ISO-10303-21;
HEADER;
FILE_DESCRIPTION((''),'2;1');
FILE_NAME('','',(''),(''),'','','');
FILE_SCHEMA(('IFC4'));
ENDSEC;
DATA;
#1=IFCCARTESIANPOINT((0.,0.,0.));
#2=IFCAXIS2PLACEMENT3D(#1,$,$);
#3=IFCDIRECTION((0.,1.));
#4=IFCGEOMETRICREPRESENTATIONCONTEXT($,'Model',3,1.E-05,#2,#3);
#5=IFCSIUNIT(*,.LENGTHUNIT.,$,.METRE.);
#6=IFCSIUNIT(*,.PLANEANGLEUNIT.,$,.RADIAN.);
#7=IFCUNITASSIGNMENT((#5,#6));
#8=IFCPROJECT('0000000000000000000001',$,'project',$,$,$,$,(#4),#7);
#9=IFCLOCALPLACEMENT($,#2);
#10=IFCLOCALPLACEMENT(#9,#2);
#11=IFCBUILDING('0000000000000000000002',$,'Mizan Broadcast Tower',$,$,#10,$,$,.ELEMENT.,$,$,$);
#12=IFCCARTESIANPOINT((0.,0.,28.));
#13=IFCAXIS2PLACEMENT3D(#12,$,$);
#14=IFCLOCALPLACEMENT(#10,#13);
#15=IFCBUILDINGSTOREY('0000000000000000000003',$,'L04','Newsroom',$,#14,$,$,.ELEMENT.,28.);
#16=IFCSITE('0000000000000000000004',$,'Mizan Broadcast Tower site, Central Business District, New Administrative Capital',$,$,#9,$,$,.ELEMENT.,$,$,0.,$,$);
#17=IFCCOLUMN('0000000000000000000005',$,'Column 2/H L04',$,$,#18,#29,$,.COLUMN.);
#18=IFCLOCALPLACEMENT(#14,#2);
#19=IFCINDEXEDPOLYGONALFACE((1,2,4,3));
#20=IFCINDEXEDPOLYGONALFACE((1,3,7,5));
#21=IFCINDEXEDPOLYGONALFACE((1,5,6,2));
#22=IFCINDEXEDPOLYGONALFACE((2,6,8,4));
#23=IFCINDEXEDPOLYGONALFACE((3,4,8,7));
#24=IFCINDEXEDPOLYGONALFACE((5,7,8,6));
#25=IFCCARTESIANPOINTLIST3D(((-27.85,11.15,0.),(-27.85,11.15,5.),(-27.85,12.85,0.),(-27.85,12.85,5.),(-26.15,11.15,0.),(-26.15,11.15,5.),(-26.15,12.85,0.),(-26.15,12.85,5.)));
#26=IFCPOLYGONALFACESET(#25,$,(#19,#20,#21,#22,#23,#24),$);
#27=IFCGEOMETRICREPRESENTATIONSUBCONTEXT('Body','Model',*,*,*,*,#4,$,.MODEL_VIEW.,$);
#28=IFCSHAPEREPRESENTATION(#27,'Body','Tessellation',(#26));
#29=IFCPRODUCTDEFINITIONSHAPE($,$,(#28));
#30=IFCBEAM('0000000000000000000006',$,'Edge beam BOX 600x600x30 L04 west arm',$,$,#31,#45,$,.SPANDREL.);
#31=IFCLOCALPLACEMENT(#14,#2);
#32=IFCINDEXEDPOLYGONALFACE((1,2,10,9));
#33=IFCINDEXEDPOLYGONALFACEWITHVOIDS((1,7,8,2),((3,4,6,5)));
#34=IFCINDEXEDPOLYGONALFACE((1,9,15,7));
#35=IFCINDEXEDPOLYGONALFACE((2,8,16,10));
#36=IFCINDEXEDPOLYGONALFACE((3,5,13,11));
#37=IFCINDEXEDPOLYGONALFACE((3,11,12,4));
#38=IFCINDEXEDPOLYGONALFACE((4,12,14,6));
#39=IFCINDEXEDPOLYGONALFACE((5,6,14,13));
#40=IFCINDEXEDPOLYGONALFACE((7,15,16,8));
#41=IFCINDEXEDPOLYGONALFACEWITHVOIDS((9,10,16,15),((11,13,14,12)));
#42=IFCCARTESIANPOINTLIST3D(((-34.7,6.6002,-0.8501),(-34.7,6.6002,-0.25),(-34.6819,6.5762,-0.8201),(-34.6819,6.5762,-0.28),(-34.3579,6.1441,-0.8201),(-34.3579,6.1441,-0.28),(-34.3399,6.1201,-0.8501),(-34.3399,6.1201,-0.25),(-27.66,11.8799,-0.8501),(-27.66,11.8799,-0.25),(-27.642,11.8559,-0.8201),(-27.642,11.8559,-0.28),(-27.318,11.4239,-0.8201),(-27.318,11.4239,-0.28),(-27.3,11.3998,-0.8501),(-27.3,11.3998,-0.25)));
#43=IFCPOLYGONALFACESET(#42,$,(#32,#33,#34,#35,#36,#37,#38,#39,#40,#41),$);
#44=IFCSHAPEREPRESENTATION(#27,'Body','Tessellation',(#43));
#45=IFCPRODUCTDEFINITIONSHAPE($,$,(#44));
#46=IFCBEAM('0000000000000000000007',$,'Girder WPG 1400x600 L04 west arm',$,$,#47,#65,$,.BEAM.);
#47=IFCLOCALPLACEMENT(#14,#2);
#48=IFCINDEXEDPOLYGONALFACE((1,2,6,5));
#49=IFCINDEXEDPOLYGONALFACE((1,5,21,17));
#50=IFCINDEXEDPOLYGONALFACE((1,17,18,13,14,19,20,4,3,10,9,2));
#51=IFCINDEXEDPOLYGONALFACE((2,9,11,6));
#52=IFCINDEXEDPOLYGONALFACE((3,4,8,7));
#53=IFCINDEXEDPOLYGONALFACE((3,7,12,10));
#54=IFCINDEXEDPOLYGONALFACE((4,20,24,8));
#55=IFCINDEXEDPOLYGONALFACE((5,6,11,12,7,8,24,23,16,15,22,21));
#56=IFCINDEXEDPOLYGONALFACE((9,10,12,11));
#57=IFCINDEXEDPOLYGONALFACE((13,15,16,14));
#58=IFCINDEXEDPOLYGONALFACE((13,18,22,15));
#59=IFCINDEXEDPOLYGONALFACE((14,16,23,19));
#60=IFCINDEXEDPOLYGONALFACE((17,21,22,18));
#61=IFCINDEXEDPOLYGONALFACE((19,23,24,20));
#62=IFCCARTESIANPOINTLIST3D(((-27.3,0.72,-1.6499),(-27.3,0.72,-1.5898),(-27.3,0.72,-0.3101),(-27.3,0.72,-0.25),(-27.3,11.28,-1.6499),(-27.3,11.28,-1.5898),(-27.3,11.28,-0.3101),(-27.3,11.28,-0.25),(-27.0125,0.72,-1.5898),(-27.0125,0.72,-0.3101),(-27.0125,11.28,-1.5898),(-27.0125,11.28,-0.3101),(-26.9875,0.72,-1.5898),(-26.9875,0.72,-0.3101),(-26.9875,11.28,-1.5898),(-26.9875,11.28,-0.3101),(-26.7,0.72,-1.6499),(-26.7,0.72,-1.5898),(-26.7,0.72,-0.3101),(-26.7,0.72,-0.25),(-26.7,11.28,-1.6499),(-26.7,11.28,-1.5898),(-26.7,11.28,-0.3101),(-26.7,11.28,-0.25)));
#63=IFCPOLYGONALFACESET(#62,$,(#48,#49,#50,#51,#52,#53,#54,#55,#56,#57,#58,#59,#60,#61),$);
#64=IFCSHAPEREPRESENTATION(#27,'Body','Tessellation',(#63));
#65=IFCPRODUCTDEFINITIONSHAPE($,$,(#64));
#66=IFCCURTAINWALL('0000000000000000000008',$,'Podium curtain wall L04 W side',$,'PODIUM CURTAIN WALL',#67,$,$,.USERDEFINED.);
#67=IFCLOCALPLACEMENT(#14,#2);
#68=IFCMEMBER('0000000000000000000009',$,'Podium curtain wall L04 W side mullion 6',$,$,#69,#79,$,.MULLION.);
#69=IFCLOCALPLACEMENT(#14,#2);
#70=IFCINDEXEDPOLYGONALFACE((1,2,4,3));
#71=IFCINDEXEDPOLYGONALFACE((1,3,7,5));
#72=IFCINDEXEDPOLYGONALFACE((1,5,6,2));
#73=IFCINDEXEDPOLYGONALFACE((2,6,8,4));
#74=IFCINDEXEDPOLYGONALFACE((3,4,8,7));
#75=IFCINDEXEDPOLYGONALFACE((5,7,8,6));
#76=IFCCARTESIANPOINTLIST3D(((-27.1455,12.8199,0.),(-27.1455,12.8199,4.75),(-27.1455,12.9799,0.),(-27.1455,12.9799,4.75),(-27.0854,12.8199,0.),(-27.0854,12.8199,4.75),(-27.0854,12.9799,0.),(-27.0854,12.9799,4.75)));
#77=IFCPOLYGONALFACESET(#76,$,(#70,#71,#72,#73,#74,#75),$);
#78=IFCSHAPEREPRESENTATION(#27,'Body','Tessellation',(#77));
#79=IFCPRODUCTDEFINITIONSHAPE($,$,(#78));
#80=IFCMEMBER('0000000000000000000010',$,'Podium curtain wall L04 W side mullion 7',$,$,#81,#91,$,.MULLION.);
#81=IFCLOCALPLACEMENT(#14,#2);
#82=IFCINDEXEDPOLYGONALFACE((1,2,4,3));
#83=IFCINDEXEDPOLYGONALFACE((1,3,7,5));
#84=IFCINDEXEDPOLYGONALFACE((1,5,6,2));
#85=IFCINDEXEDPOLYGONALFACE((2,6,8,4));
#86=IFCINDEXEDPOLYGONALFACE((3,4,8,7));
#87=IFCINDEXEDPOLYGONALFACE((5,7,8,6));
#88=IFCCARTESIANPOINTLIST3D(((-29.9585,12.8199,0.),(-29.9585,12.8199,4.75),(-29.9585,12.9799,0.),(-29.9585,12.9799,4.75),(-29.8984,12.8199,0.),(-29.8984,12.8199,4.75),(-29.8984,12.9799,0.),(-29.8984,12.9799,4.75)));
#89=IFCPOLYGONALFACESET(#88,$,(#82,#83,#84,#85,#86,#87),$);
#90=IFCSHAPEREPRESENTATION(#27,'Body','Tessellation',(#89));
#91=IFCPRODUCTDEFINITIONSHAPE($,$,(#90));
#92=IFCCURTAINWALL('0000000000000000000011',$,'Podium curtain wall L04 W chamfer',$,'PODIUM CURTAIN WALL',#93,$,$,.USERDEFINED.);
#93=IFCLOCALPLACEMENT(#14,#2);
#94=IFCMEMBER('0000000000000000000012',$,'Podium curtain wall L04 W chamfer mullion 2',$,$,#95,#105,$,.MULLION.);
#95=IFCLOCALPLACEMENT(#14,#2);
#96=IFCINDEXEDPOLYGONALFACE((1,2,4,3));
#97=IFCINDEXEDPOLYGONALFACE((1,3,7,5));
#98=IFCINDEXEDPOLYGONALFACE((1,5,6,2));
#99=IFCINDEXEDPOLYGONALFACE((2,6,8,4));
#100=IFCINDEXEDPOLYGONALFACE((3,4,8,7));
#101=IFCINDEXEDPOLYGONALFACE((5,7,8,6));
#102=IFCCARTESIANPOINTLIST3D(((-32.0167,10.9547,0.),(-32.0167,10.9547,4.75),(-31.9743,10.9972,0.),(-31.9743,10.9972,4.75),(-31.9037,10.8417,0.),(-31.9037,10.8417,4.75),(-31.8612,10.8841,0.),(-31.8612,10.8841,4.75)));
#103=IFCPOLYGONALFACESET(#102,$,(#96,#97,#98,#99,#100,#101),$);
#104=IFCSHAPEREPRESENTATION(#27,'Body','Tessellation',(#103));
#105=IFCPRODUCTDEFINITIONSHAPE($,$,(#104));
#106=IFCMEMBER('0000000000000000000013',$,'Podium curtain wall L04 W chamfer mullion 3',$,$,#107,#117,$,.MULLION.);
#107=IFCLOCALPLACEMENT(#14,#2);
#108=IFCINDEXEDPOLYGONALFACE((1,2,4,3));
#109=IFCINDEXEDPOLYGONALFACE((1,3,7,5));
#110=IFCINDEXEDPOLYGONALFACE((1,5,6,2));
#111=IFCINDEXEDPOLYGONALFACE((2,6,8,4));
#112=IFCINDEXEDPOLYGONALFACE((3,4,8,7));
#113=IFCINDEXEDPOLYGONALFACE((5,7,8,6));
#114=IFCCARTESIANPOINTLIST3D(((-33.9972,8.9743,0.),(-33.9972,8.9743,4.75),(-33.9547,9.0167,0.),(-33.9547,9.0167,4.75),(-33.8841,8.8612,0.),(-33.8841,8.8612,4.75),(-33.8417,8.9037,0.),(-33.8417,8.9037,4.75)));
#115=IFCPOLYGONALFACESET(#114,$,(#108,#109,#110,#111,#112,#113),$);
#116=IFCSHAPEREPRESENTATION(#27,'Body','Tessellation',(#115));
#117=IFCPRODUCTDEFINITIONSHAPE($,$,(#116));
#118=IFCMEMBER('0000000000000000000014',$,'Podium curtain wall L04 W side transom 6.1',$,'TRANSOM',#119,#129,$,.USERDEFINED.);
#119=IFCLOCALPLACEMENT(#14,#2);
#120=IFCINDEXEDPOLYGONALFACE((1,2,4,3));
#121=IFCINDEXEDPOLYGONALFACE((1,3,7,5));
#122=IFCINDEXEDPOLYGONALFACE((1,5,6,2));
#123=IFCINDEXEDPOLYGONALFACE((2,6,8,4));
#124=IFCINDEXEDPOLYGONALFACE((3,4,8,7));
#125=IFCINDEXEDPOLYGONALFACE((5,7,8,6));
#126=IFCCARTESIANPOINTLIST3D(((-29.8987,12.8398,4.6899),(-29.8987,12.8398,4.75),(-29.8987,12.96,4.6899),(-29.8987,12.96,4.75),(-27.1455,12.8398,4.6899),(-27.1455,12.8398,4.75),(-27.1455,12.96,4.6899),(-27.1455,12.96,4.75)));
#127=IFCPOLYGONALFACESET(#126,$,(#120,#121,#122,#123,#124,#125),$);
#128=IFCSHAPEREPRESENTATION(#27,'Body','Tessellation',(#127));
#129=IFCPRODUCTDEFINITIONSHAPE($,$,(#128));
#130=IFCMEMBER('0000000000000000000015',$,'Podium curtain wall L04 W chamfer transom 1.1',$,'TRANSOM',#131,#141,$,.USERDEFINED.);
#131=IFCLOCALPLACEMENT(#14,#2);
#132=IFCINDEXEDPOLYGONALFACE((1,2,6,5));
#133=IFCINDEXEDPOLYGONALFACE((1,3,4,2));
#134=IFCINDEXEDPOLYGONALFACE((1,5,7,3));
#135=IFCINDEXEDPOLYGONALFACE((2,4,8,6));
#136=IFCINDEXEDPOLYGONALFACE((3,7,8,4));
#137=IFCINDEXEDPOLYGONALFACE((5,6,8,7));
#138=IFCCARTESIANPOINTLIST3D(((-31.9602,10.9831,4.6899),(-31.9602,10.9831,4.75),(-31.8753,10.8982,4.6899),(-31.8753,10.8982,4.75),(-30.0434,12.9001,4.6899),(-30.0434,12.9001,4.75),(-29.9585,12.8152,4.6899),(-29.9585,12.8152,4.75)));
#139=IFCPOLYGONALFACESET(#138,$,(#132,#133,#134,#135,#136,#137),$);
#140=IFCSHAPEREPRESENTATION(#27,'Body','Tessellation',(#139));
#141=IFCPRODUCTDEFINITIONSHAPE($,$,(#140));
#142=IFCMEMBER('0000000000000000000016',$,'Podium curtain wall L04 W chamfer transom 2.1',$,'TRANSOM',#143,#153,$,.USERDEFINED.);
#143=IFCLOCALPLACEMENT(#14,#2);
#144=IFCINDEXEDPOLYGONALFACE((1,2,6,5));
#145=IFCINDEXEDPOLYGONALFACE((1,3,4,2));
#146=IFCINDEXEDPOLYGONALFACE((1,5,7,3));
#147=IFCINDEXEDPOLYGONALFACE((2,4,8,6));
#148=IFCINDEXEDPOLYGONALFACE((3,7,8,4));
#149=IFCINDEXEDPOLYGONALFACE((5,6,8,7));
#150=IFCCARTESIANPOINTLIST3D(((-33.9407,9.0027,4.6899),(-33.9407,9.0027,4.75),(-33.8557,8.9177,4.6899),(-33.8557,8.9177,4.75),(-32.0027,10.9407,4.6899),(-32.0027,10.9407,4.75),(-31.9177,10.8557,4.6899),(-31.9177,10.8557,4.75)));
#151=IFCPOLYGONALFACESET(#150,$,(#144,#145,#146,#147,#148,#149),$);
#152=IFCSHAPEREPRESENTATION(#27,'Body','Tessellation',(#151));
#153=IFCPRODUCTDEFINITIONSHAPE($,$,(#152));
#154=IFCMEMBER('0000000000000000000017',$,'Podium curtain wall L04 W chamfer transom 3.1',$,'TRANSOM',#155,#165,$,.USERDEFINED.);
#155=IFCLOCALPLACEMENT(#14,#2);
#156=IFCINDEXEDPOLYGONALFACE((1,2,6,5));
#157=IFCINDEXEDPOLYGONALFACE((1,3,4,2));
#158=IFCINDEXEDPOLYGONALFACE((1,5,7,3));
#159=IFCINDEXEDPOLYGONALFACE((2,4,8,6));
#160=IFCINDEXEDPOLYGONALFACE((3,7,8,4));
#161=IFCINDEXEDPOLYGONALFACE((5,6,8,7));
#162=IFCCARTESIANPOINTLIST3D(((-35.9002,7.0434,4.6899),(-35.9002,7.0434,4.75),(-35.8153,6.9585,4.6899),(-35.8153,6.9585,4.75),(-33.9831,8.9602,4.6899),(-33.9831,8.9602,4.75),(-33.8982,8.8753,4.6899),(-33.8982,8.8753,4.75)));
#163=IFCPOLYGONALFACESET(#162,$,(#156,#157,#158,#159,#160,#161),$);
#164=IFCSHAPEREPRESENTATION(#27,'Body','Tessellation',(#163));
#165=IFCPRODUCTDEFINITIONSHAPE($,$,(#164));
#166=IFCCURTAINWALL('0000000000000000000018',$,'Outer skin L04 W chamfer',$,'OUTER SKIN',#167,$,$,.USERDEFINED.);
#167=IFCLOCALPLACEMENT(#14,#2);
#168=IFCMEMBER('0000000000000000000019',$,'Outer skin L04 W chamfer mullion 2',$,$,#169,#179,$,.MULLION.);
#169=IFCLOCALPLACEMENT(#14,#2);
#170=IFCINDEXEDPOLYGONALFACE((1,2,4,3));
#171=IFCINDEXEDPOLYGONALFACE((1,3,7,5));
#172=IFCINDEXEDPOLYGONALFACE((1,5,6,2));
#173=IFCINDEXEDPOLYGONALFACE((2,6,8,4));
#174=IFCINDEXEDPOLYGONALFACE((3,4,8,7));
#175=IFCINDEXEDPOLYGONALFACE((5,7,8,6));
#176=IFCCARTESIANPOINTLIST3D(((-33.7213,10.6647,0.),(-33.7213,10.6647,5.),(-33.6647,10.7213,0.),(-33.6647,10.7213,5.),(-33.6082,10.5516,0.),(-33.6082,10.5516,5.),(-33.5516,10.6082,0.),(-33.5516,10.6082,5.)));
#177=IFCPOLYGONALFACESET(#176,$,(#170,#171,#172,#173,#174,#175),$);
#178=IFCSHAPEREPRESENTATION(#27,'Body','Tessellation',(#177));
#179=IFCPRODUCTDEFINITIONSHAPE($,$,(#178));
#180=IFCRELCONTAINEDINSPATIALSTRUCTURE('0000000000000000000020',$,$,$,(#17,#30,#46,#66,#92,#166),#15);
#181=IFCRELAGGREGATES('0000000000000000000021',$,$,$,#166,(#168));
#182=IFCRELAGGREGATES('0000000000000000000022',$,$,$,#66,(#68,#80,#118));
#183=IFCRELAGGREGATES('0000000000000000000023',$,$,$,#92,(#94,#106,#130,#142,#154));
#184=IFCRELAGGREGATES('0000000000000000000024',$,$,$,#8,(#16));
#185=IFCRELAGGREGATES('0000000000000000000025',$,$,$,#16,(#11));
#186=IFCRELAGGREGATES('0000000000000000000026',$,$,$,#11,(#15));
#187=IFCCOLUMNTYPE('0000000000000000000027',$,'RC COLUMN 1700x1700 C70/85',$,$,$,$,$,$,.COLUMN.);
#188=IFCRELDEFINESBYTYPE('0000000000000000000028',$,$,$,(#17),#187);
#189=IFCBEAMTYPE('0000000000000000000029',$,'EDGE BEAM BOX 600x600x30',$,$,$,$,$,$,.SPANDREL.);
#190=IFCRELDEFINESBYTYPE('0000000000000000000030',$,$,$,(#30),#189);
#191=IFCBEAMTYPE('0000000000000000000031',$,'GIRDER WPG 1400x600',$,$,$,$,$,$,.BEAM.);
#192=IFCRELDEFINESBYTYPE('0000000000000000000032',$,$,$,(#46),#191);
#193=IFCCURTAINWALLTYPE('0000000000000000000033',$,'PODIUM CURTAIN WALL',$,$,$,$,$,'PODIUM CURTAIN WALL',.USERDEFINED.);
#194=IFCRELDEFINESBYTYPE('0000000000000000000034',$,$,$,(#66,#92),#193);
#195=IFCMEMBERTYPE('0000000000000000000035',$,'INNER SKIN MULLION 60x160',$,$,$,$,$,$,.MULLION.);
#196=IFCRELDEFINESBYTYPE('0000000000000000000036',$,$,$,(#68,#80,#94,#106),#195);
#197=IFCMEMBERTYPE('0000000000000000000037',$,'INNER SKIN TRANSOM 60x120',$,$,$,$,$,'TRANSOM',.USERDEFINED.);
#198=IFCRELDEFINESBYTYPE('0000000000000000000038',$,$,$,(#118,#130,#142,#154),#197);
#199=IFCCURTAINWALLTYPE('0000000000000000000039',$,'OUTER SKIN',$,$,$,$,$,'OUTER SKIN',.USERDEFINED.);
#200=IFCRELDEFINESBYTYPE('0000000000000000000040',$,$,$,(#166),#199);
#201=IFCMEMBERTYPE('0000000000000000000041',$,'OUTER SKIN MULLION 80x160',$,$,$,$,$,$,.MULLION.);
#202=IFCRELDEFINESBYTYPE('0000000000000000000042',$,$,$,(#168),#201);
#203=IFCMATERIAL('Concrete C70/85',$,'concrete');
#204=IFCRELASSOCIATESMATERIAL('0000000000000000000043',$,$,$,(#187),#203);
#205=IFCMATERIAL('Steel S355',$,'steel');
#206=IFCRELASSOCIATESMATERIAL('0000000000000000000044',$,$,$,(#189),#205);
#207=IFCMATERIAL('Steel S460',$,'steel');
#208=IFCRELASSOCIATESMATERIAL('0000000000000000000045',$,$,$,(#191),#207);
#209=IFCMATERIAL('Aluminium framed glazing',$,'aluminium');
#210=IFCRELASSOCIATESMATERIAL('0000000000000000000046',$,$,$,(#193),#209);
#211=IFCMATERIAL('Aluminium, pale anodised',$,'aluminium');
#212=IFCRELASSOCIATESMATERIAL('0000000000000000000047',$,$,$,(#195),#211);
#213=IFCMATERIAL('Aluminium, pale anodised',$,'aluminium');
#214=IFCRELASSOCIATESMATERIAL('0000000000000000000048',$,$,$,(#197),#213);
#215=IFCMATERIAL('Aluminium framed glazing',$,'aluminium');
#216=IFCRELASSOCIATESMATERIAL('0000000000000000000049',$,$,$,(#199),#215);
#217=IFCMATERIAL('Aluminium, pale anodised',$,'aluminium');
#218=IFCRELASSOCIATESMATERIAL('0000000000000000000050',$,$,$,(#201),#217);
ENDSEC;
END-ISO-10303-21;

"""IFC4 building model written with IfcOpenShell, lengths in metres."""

from ifc_helpers import new_model, si_unit, direction, frame, origin, origin_2d, place, context, subcontext, project, spatial, rectangle, hollow_rectangle, i_section, extrude, material, material_profile, profile_set, type_object, element, aggregate, save


model = new_model("IFC4")

# Units and contexts
model_context = context("Model", 3, precision=1e-05, world=origin(), true_north=direction((0.0, 1.0)))
body_context = subcontext(model_context, "Body", "Model", "MODEL_VIEW")
ifc_project = project(units=[si_unit("LENGTHUNIT", "METRE"), si_unit("PLANEANGLEUNIT", "RADIAN")], contexts=[model_context])

# Site, building, storey
site_placement = place(None, origin())
site = spatial("IfcSite", under=ifc_project, at=site_placement, Name="Mizan Broadcast Tower site, Central Business District, New Administrative Capital", CompositionType="ELEMENT", RefElevation=0.0)
building_placement = place(site_placement, origin())
building = spatial("IfcBuilding", under=site, at=building_placement, Name="Mizan Broadcast Tower", CompositionType="ELEMENT")
storey_placement = place(building_placement, frame((0.0, 0.0, 28.0)))
storey = spatial("IfcBuildingStorey", under=building, at=storey_placement, Name="L04", Description="Newsroom", CompositionType="ELEMENT", Elevation=28.0)

# Column
ifc_material_1 = material(Name="Concrete C70/85", Category="concrete")
ifc_material_profile_1 = material_profile(ifc_material_1, rectangle(XDim=1.7, YDim=1.7, at=origin_2d()), Name="RC 1700x1700")
ifc_profile_set_1 = profile_set([ifc_material_profile_1], Name="Concrete C70/85")
column_type = type_object("IfcColumnType", Name="RC COLUMN 1700x1700 C70/85", PredefinedType="COLUMN", material=ifc_profile_set_1)
column_placement = place(storey_placement, frame((-27.0, 12.0, 0.0), z_axis=(0.0, 0.0, 1.0), x_axis=(1.0, 0.0, 0.0)))
element("IfcColumn", 1, at=column_placement, inside=storey, type_object=column_type, Name="Column 2/H L04", PredefinedType="COLUMN", context=body_context, shape_type="SweptSolid", body=[
    extrude(rectangle(XDim=1.7, YDim=1.7, at=origin_2d()), origin(), (0.0, 0.0, 1.0), 5.0),
])

# Beams
ifc_material_2 = material(Name="Steel S355", Category="steel")
ifc_material_profile_2 = material_profile(ifc_material_2, hollow_rectangle(XDim=0.6001, YDim=0.6001, WallThickness=0.03, at=origin_2d()), Name="BOX 600x600x30")
ifc_profile_set_2 = profile_set([ifc_material_profile_2], Name="Steel S355")
beam_type_1 = type_object("IfcBeamType", Name="EDGE BEAM BOX 600x600x30", PredefinedType="SPANDREL", material=ifc_profile_set_2)
beam_1_placement = place(storey_placement, frame((-27.48, 11.6399, -0.55), z_axis=(-0.800013, -0.599982, 0.0), x_axis=(0.599982, -0.800013, 0.0)))
element("IfcBeam", 2, at=beam_1_placement, inside=storey, type_object=beam_type_1, Name="Edge beam BOX 600x600x30 L04 west arm", PredefinedType="SPANDREL", context=body_context, shape_type="SweptSolid", body=[
    extrude(hollow_rectangle(XDim=0.6001, YDim=0.6001, WallThickness=0.03, at=origin_2d()), origin(), (0.0, 0.0, 1.0), 8.7998),
])
ifc_material_3 = material(Name="Steel S460", Category="steel")
ifc_material_profile_3 = material_profile(ifc_material_3, i_section(OverallWidth=0.6001, OverallDepth=1.3999, WebThickness=0.0249, FlangeThickness=0.0601, at=origin_2d()), Name="WPG 1400x600")
ifc_profile_set_3 = profile_set([ifc_material_profile_3], Name="Steel S460")
beam_type_2 = type_object("IfcBeamType", Name="GIRDER WPG 1400x600", PredefinedType="BEAM", material=ifc_profile_set_3)
beam_2_placement = place(storey_placement, frame((-27.0, 11.28, -0.95), z_axis=(0.0, -1.0, 0.0), x_axis=(1.0, 0.0, 0.0)))
element("IfcBeam", 3, at=beam_2_placement, inside=storey, type_object=beam_type_2, Name="Girder WPG 1400x600 L04 west arm", PredefinedType="BEAM", context=body_context, shape_type="SweptSolid", body=[
    extrude(i_section(OverallWidth=0.6001, OverallDepth=1.3999, WebThickness=0.0249, FlangeThickness=0.0601, at=origin_2d()), origin(), (0.0, 0.0, 1.0), 10.5601),
])

# Curtain walls, members
ifc_material_4 = material(Name="Aluminium framed glazing", Category="aluminium")
curtain_wall_type_1 = type_object("IfcCurtainWallType", Name="PODIUM CURTAIN WALL", ElementType="PODIUM CURTAIN WALL", PredefinedType="USERDEFINED", material=ifc_material_4)
curtain_wall_1_placement = place(storey_placement, origin())
curtain_wall_1 = element("IfcCurtainWall", 4, at=curtain_wall_1_placement, inside=storey, type_object=curtain_wall_type_1, Name="Podium curtain wall L04 W side", ObjectType="PODIUM CURTAIN WALL", PredefinedType="USERDEFINED")
ifc_material_5 = material(Name="Aluminium, pale anodised", Category="aluminium")
ifc_material_profile_4 = material_profile(ifc_material_5, rectangle(XDim=0.1599, YDim=0.0601, at=origin_2d()), Name="MULLION 160x60")
ifc_profile_set_4 = profile_set([ifc_material_profile_4], Name="Aluminium, pale anodised")
member_type_1 = type_object("IfcMemberType", Name="INNER SKIN MULLION 60x160", PredefinedType="MULLION", material=ifc_profile_set_4)
member_1_placement = place(storey_placement, frame((-27.1155, 12.8999, 0.0), z_axis=(0.0, 0.0, 1.0), x_axis=(0.0, -1.0, 0.0)))
member_1 = element("IfcMember", 5, at=member_1_placement, type_object=member_type_1, Name="Podium curtain wall L04 W side mullion 6", PredefinedType="MULLION", context=body_context, shape_type="SweptSolid", body=[
    extrude(rectangle(XDim=0.1599, YDim=0.0601, at=origin_2d()), origin(), (0.0, 0.0, 1.0), 4.75),
])
member_2_placement = place(storey_placement, frame((-29.9285, 12.8999, 0.0), z_axis=(0.0, 0.0, 1.0), x_axis=(0.0, -1.0, 0.0)))
member_2 = element("IfcMember", 6, at=member_2_placement, type_object=member_type_1, Name="Podium curtain wall L04 W side mullion 7", PredefinedType="MULLION", context=body_context, shape_type="SweptSolid", body=[
    extrude(rectangle(XDim=0.1599, YDim=0.0601, at=origin_2d()), origin(), (0.0, 0.0, 1.0), 4.75),
])
curtain_wall_2_placement = place(storey_placement, origin())
curtain_wall_2 = element("IfcCurtainWall", 7, at=curtain_wall_2_placement, inside=storey, type_object=curtain_wall_type_1, Name="Podium curtain wall L04 W chamfer", ObjectType="PODIUM CURTAIN WALL", PredefinedType="USERDEFINED")
member_3_placement = place(storey_placement, frame((-31.939, 10.9194, 0.0), z_axis=(0.0, 0.0, 1.0), x_axis=(0.707107, -0.707107, 0.0)))
member_3 = element("IfcMember", 8, at=member_3_placement, type_object=member_type_1, Name="Podium curtain wall L04 W chamfer mullion 2", PredefinedType="MULLION", context=body_context, shape_type="SweptSolid", body=[
    extrude(rectangle(XDim=0.1599, YDim=0.0601, at=origin_2d()), origin(), (0.0, 0.0, 1.0), 4.75),
])
member_4_placement = place(storey_placement, frame((-33.9194, 8.939, 0.0), z_axis=(0.0, 0.0, 1.0), x_axis=(0.707107, -0.707107, 0.0)))
member_4 = element("IfcMember", 9, at=member_4_placement, type_object=member_type_1, Name="Podium curtain wall L04 W chamfer mullion 3", PredefinedType="MULLION", context=body_context, shape_type="SweptSolid", body=[
    extrude(rectangle(XDim=0.1599, YDim=0.0601, at=origin_2d()), origin(), (0.0, 0.0, 1.0), 4.75),
])

# Members
ifc_material_6 = material(Name="Aluminium, pale anodised", Category="aluminium")
ifc_material_profile_5 = material_profile(ifc_material_6, rectangle(XDim=0.1201, YDim=0.0601, at=origin_2d()), Name="TRANSOM 120x60")
ifc_profile_set_5 = profile_set([ifc_material_profile_5], Name="Aluminium, pale anodised")
member_type_2 = type_object("IfcMemberType", Name="INNER SKIN TRANSOM 60x120", ElementType="TRANSOM", PredefinedType="USERDEFINED", material=ifc_profile_set_5)
member_5_placement = place(storey_placement, frame((-27.1455, 12.8999, 4.72), z_axis=(-1.0, 0.0, 0.0), x_axis=(0.0, -1.0, 0.0)))
member_5 = element("IfcMember", 10, at=member_5_placement, type_object=member_type_2, Name="Podium curtain wall L04 W side transom 6.1", ObjectType="TRANSOM", PredefinedType="USERDEFINED", context=body_context, shape_type="SweptSolid", body=[
    extrude(rectangle(XDim=0.1201, YDim=0.0601, at=origin_2d()), origin(), (0.0, 0.0, 1.0), 2.7532),
])
member_6_placement = place(storey_placement, frame((-30.001, 12.8577, 4.72), z_axis=(-0.707062, -0.707152, 0.0), x_axis=(0.707152, -0.707062, 0.0)))
member_6 = element("IfcMember", 11, at=member_6_placement, type_object=member_type_2, Name="Podium curtain wall L04 W chamfer transom 1.1", ObjectType="TRANSOM", PredefinedType="USERDEFINED", context=body_context, shape_type="SweptSolid", body=[
    extrude(rectangle(XDim=0.1201, YDim=0.0601, at=origin_2d()), origin(), (0.0, 0.0, 1.0), 2.7109),
])
member_7_placement = place(storey_placement, frame((-31.9602, 10.8982, 4.72), z_axis=(-0.707107, -0.707107, 0.0), x_axis=(0.707107, -0.707107, 0.0)))
member_7 = element("IfcMember", 12, at=member_7_placement, type_object=member_type_2, Name="Podium curtain wall L04 W chamfer transom 2.1", ObjectType="TRANSOM", PredefinedType="USERDEFINED", context=body_context, shape_type="SweptSolid", body=[
    extrude(rectangle(XDim=0.1201, YDim=0.0601, at=origin_2d()), origin(), (0.0, 0.0, 1.0), 2.7407),
])
member_8_placement = place(storey_placement, frame((-33.9407, 8.9177, 4.72), z_axis=(-0.707152, -0.707062, 0.0), x_axis=(0.707062, -0.707152, 0.0)))
member_8 = element("IfcMember", 13, at=member_8_placement, type_object=member_type_2, Name="Podium curtain wall L04 W chamfer transom 3.1", ObjectType="TRANSOM", PredefinedType="USERDEFINED", context=body_context, shape_type="SweptSolid", body=[
    extrude(rectangle(XDim=0.1201, YDim=0.0601, at=origin_2d()), origin(), (0.0, 0.0, 1.0), 2.7109),
])

# Curtain wall, member
ifc_material_7 = material(Name="Aluminium framed glazing", Category="aluminium")
curtain_wall_type_2 = type_object("IfcCurtainWallType", Name="OUTER SKIN", ElementType="OUTER SKIN", PredefinedType="USERDEFINED", material=ifc_material_7)
curtain_wall_3_placement = place(storey_placement, origin())
curtain_wall_3 = element("IfcCurtainWall", 14, at=curtain_wall_3_placement, inside=storey, type_object=curtain_wall_type_2, Name="Outer skin L04 W chamfer", ObjectType="OUTER SKIN", PredefinedType="USERDEFINED")
ifc_material_8 = material(Name="Aluminium, pale anodised", Category="aluminium")
ifc_material_profile_6 = material_profile(ifc_material_8, rectangle(XDim=0.1599, YDim=0.0801, at=origin_2d()), Name="MULLION 160x80")
ifc_profile_set_6 = profile_set([ifc_material_profile_6], Name="Aluminium, pale anodised")
member_type_3 = type_object("IfcMemberType", Name="OUTER SKIN MULLION 80x160", PredefinedType="MULLION", material=ifc_profile_set_6)
member_9_placement = place(storey_placement, frame((-33.6365, 10.6365, 0.0), z_axis=(0.0, 0.0, 1.0), x_axis=(0.707107, -0.707107, 0.0)))
member_9 = element("IfcMember", 15, at=member_9_placement, type_object=member_type_3, Name="Outer skin L04 W chamfer mullion 2", PredefinedType="MULLION", context=body_context, shape_type="SweptSolid", body=[
    extrude(rectangle(XDim=0.1599, YDim=0.0801, at=origin_2d()), origin(), (0.0, 0.0, 1.0), 5.0),
])

aggregate(curtain_wall_3, [member_9])
aggregate(curtain_wall_1, [member_1, member_2, member_5])
aggregate(curtain_wall_2, [member_3, member_4, member_6, member_7, member_8])

save(model, "model.ifc")
